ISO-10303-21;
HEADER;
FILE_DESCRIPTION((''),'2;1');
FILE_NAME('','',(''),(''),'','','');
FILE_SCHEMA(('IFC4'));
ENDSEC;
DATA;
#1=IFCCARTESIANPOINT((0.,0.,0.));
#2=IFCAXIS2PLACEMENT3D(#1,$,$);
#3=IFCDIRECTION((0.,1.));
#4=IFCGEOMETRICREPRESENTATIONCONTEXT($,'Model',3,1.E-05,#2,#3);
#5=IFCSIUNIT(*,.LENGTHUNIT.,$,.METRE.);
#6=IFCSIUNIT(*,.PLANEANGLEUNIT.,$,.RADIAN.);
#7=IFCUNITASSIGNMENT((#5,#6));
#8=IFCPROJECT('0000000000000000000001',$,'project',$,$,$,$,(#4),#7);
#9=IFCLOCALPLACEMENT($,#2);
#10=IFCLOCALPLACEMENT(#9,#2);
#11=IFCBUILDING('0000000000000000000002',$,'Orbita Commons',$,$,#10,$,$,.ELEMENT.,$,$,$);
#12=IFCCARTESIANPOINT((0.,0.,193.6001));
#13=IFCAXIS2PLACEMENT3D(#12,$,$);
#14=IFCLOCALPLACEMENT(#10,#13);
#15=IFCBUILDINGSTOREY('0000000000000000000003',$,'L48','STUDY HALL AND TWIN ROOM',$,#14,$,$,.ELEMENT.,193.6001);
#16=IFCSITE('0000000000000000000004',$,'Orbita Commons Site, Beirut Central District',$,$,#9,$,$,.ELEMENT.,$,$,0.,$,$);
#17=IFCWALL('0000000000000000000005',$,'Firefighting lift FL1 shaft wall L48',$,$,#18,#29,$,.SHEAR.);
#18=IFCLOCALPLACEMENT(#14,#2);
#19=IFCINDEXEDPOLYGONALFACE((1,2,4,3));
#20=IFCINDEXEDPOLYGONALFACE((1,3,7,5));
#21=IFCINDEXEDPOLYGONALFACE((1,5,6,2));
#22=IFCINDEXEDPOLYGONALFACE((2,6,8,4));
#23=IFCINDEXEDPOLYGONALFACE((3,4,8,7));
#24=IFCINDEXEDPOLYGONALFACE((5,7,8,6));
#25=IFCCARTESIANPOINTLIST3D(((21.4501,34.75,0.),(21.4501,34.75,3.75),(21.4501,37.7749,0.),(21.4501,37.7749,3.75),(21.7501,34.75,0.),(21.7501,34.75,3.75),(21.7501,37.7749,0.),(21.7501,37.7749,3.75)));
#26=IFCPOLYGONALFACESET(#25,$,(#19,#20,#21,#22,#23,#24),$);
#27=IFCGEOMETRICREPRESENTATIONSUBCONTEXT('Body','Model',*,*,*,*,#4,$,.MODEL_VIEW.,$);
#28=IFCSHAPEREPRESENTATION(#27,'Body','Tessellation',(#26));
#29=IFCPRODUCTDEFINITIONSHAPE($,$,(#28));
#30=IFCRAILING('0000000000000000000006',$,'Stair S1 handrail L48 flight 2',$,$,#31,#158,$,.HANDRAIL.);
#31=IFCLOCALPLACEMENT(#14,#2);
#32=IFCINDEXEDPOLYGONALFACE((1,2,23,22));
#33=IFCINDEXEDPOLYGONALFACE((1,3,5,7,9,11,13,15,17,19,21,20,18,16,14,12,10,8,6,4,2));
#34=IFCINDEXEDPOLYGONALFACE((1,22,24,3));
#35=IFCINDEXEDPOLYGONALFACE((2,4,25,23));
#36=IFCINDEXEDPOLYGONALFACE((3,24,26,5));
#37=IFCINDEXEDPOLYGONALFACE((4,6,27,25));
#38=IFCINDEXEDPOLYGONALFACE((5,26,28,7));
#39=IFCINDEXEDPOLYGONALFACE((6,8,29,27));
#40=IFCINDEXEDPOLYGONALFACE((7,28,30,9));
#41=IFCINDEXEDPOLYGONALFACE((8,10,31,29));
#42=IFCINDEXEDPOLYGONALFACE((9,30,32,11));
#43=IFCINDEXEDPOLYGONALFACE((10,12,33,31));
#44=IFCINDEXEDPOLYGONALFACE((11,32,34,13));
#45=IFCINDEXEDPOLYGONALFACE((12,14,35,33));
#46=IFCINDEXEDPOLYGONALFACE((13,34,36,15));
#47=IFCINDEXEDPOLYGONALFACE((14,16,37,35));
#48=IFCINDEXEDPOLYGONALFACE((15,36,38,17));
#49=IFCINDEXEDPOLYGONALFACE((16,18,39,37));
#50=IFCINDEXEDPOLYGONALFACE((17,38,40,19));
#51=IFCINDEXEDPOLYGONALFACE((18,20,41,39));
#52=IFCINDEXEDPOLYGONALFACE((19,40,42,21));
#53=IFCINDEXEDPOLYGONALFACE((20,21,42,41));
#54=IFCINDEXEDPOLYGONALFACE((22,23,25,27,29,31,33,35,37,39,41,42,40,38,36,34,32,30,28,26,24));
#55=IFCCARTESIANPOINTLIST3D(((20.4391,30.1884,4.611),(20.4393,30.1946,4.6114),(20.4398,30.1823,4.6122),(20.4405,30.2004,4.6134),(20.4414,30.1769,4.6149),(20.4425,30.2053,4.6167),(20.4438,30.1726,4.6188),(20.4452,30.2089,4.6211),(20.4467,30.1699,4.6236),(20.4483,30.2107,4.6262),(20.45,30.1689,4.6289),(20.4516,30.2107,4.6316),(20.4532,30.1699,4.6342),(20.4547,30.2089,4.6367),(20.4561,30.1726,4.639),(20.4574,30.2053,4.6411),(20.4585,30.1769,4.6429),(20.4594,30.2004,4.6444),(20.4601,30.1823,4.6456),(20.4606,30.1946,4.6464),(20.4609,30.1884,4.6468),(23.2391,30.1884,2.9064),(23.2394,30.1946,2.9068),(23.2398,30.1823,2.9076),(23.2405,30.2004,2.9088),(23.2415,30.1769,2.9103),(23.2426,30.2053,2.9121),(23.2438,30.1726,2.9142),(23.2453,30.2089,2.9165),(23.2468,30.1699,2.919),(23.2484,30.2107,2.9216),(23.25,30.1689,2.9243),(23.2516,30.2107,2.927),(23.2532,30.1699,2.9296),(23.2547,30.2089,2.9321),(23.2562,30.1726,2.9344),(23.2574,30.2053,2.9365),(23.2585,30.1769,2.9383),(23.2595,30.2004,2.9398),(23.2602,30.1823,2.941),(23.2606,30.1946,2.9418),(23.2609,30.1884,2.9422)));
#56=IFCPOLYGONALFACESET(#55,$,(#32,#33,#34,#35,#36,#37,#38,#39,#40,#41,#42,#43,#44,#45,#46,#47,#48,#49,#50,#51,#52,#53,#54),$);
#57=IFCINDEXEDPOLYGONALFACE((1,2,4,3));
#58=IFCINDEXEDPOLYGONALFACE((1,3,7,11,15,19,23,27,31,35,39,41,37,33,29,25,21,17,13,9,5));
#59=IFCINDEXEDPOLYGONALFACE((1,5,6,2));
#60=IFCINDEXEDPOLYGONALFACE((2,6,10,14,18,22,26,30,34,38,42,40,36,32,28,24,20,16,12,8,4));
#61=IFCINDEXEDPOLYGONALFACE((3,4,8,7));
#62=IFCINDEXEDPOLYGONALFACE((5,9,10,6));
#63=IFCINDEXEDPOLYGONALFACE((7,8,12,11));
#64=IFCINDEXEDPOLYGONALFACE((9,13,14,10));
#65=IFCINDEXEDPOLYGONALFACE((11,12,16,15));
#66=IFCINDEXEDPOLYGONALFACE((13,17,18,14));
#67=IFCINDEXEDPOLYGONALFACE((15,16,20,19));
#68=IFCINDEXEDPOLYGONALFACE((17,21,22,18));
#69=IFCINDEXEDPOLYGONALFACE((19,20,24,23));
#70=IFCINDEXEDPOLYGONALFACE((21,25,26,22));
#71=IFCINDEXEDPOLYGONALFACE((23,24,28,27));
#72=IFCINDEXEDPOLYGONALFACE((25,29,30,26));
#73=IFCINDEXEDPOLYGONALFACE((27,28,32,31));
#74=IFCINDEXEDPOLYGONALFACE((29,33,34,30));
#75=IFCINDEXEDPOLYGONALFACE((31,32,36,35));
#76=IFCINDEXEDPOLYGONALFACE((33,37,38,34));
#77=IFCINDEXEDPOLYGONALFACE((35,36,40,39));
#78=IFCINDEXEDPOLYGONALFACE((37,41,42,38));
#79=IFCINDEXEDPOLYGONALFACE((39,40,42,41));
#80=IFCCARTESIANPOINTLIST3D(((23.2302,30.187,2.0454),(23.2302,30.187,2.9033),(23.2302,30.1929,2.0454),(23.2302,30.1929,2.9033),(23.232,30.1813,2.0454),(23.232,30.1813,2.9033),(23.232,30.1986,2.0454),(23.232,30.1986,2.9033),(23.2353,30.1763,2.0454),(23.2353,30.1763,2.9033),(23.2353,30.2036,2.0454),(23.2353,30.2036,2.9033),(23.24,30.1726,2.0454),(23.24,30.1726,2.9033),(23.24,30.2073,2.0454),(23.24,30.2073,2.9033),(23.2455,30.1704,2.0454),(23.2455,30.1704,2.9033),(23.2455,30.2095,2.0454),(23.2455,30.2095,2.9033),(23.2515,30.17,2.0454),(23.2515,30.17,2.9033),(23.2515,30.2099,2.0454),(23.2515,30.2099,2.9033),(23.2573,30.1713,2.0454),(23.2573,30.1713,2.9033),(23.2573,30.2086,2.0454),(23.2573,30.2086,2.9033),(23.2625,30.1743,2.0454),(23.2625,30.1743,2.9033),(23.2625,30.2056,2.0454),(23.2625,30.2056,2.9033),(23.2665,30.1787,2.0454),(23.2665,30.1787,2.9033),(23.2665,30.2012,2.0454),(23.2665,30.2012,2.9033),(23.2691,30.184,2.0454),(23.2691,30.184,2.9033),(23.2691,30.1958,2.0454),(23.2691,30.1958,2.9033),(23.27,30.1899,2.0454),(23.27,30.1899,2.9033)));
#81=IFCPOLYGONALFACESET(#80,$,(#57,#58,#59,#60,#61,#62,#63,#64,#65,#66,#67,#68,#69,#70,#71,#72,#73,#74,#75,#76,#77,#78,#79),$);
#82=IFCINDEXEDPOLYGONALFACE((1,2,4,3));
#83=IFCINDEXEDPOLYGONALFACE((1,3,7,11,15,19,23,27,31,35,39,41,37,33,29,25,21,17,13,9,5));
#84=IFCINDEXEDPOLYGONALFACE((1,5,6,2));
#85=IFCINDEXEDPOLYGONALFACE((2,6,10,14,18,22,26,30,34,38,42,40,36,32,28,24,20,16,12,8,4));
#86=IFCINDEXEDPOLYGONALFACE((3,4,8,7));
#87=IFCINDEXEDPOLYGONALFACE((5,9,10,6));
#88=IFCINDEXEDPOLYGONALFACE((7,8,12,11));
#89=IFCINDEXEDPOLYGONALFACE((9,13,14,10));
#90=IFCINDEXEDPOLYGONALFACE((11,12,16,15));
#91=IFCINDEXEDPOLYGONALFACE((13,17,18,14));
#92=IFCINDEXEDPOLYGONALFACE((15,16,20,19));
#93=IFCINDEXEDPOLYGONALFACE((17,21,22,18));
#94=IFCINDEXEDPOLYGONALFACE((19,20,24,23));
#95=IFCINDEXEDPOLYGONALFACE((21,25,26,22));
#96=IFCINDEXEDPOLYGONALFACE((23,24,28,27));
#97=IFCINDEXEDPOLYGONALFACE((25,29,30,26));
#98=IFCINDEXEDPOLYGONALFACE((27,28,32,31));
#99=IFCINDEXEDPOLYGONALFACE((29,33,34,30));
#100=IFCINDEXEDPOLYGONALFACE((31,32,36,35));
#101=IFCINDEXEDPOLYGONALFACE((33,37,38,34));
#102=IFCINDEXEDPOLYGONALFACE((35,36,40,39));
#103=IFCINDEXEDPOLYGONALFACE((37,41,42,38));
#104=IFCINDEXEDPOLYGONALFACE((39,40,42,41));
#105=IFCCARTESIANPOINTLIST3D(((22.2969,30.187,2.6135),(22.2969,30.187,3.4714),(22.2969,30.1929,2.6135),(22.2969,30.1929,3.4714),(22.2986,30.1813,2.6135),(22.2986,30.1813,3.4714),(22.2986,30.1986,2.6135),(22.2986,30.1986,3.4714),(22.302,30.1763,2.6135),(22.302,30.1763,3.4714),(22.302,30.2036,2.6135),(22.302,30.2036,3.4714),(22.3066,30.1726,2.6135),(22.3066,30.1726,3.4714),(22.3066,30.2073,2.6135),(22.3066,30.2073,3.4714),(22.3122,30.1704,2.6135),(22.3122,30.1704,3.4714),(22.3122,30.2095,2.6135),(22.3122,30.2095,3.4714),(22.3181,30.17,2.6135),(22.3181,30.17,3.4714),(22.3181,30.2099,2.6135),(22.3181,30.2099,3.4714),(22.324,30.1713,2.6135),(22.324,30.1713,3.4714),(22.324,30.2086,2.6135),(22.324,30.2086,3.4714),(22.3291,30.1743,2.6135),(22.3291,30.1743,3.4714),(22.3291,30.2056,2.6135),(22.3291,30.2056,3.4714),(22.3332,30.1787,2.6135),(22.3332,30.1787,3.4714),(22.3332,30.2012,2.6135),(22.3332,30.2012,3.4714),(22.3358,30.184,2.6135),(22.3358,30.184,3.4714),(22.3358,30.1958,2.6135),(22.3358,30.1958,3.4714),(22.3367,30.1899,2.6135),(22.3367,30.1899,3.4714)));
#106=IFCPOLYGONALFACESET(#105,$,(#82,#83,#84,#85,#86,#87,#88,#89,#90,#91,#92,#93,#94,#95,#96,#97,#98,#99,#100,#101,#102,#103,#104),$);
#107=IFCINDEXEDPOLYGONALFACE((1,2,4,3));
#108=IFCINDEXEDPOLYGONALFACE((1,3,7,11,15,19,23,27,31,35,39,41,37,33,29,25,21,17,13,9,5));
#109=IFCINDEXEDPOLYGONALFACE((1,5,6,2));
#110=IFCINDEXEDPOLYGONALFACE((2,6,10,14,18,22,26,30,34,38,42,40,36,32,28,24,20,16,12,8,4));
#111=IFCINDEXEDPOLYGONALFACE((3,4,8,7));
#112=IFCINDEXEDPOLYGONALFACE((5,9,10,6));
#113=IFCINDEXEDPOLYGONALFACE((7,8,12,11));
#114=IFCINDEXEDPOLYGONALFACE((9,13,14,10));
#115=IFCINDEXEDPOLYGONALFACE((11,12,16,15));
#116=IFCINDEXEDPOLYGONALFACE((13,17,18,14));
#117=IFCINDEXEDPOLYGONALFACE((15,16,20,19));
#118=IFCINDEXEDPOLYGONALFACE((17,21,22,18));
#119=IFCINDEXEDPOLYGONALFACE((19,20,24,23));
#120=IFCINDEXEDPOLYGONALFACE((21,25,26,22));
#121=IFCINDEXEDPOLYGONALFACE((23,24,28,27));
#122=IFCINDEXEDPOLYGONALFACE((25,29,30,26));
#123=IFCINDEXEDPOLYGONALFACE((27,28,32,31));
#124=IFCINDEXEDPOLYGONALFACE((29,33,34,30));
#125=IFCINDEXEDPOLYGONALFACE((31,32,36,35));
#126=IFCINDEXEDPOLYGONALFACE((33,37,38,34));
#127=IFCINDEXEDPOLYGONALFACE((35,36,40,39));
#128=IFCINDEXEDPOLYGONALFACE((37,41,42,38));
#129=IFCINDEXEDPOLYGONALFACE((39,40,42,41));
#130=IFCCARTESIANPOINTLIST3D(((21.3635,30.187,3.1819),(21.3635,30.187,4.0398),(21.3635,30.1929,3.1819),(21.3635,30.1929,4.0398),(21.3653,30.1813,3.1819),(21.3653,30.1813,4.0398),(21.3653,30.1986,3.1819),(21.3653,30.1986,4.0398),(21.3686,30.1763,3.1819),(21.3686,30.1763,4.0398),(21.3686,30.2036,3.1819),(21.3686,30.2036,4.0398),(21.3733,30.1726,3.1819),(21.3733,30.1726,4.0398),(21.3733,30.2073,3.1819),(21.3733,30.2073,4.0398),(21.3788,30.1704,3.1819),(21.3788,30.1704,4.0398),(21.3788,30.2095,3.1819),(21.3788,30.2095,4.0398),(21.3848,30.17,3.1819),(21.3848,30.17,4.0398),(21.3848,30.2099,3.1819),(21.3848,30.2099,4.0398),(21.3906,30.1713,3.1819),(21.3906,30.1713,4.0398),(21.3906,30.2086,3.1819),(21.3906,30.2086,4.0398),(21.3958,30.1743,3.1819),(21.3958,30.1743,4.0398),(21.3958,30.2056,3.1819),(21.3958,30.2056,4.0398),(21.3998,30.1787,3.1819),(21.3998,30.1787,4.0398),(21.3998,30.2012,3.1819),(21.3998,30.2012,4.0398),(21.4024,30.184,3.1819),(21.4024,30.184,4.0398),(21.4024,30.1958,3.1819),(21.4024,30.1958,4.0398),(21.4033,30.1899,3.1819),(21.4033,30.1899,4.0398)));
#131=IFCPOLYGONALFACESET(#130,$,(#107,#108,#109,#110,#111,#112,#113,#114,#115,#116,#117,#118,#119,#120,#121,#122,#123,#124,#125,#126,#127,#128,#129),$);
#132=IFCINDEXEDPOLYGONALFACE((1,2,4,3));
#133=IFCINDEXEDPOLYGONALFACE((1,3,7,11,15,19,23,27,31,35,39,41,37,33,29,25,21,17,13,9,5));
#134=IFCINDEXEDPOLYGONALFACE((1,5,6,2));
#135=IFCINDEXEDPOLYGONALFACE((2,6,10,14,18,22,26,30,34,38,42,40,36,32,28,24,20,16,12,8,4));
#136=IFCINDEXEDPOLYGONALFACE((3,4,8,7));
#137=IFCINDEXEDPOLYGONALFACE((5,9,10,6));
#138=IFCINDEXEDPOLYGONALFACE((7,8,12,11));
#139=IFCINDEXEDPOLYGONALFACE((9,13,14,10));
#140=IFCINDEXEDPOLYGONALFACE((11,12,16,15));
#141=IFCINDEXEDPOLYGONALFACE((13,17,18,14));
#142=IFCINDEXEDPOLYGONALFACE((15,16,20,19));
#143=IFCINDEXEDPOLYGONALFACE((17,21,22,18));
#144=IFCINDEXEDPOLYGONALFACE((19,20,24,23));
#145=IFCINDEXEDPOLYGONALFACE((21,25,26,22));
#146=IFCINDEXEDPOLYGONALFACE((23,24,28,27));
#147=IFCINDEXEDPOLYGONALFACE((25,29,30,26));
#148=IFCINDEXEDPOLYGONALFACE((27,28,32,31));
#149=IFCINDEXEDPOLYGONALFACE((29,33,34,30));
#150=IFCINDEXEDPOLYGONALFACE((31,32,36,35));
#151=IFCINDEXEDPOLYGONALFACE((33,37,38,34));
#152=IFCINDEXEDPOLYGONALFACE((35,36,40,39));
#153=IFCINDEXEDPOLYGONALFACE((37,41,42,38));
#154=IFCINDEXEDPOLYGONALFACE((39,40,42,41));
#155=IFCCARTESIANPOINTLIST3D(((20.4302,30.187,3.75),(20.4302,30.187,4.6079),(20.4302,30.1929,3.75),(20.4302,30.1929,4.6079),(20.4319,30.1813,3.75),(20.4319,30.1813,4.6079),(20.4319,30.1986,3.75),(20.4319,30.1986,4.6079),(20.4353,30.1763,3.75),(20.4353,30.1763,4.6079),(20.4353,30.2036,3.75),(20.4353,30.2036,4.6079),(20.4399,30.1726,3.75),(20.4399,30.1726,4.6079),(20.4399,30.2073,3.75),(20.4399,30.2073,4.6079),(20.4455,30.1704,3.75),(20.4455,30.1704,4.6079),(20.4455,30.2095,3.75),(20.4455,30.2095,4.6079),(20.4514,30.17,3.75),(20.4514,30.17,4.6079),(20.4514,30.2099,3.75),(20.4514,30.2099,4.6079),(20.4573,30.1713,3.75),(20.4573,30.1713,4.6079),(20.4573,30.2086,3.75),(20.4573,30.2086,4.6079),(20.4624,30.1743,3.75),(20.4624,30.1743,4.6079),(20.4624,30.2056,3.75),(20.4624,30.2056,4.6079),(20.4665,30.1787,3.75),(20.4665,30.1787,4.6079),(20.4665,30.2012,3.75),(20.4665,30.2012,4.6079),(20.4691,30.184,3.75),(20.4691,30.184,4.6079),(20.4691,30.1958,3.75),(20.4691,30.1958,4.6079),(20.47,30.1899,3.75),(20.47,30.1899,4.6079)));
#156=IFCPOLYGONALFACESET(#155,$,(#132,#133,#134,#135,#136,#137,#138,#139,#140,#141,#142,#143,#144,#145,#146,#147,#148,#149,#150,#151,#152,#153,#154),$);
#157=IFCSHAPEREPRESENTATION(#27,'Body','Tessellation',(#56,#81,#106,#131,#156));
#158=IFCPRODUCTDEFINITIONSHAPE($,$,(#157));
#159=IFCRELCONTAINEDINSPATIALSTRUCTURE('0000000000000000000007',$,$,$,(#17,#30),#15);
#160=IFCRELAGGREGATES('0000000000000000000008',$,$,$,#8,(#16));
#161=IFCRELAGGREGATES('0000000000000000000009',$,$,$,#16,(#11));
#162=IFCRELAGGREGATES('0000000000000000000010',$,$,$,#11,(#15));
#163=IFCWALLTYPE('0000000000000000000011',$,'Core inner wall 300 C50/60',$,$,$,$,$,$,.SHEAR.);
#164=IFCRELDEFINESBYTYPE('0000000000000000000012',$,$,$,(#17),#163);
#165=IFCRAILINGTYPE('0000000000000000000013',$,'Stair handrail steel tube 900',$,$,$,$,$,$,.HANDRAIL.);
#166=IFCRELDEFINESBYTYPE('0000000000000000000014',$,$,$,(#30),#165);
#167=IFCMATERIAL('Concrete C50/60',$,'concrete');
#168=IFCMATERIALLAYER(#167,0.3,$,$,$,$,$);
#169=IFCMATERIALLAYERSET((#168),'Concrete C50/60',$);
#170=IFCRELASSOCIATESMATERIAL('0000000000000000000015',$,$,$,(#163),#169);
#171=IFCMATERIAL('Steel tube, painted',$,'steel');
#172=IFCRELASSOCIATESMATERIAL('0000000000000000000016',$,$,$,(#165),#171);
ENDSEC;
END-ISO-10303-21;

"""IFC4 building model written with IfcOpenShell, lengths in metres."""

from ifc_helpers import new_model, si_unit, direction, frame, frame_2d, origin, origin_2d, place, context, subcontext, project, spatial, rectangle, circle, extrude, material, layer, layer_set, type_object, element, save


model = new_model("IFC4")

# Units and contexts
model_context = context("Model", 3, precision=1e-05, world=origin(), true_north=direction((0.0, 1.0)))
body_context = subcontext(model_context, "Body", "Model", "MODEL_VIEW")
ifc_project = project(units=[si_unit("LENGTHUNIT", "METRE"), si_unit("PLANEANGLEUNIT", "RADIAN")], contexts=[model_context])

# Site, building, storey
site_placement = place(None, origin())
site = spatial("IfcSite", under=ifc_project, at=site_placement, Name="Orbita Commons Site, Beirut Central District", CompositionType="ELEMENT", RefElevation=0.0)
building_placement = place(site_placement, origin())
building = spatial("IfcBuilding", under=site, at=building_placement, Name="Orbita Commons", CompositionType="ELEMENT")
storey_placement = place(building_placement, frame((0.0, 0.0, 193.6001)))
storey = spatial("IfcBuildingStorey", under=building, at=storey_placement, Name="L48", Description="STUDY HALL AND TWIN ROOM", CompositionType="ELEMENT", Elevation=193.6001)

# Wall
ifc_material_1 = material(Name="Concrete C50/60", Category="concrete")
ifc_layer = layer(ifc_material_1, 0.3)
ifc_layer_set = layer_set([ifc_layer], Name="Concrete C50/60")
wall_type = type_object("IfcWallType", Name="Core inner wall 300 C50/60", PredefinedType="SHEAR", material=ifc_layer_set)
wall_placement = place(storey_placement, frame((21.6001, 34.75, 0.0), z_axis=(0.0, 0.0, 1.0), x_axis=(0.0, 1.0, 0.0)))
element("IfcWall", 1, at=wall_placement, inside=storey, type_object=wall_type, Name="Firefighting lift FL1 shaft wall L48", PredefinedType="SHEAR", context=body_context, shape_type="SweptSolid", body=[
    extrude(rectangle(XDim=3.0249, YDim=0.3, at=frame_2d((1.5125, 0.0))), origin(), (0.0, 0.0, 1.0), 3.75),
])

# Railing
ifc_material_2 = material(Name="Steel tube, painted", Category="steel")
railing_type = type_object("IfcRailingType", Name="Stair handrail steel tube 900", PredefinedType="HANDRAIL", material=ifc_material_2)
railing_placement = place(storey_placement, frame((23.25, 30.1899, 2.0454)))
element("IfcRailing", 2, at=railing_placement, inside=storey, type_object=railing_type, Name="Stair S1 handrail L48 flight 2", PredefinedType="HANDRAIL", context=body_context, shape_type="SweptSolid", body=[
    extrude(circle(Radius=0.021, at=origin_2d()), frame((0.0, 0.0, 0.8789), z_axis=(-0.85417, 0.0, 0.519994), x_axis=(0.0, -1.0, 0.0)), (0.0, 0.0, 1.0), 3.2781),
    extrude(circle(Radius=0.02, at=origin_2d()), origin(), (0.0, 0.0, 1.0), 0.8579),
    extrude(circle(Radius=0.02, at=origin_2d()), frame((-0.9333, 0.0, 0.5681)), (0.0, 0.0, 1.0), 0.8579),
    extrude(circle(Radius=0.02, at=origin_2d()), frame((-1.8667, 0.0, 1.1365)), (0.0, 0.0, 1.0), 0.8579),
    extrude(circle(Radius=0.02, at=origin_2d()), frame((-2.8, 0.0, 1.7046)), (0.0, 0.0, 1.0), 0.8579),
])

save(model, "model.ifc")
